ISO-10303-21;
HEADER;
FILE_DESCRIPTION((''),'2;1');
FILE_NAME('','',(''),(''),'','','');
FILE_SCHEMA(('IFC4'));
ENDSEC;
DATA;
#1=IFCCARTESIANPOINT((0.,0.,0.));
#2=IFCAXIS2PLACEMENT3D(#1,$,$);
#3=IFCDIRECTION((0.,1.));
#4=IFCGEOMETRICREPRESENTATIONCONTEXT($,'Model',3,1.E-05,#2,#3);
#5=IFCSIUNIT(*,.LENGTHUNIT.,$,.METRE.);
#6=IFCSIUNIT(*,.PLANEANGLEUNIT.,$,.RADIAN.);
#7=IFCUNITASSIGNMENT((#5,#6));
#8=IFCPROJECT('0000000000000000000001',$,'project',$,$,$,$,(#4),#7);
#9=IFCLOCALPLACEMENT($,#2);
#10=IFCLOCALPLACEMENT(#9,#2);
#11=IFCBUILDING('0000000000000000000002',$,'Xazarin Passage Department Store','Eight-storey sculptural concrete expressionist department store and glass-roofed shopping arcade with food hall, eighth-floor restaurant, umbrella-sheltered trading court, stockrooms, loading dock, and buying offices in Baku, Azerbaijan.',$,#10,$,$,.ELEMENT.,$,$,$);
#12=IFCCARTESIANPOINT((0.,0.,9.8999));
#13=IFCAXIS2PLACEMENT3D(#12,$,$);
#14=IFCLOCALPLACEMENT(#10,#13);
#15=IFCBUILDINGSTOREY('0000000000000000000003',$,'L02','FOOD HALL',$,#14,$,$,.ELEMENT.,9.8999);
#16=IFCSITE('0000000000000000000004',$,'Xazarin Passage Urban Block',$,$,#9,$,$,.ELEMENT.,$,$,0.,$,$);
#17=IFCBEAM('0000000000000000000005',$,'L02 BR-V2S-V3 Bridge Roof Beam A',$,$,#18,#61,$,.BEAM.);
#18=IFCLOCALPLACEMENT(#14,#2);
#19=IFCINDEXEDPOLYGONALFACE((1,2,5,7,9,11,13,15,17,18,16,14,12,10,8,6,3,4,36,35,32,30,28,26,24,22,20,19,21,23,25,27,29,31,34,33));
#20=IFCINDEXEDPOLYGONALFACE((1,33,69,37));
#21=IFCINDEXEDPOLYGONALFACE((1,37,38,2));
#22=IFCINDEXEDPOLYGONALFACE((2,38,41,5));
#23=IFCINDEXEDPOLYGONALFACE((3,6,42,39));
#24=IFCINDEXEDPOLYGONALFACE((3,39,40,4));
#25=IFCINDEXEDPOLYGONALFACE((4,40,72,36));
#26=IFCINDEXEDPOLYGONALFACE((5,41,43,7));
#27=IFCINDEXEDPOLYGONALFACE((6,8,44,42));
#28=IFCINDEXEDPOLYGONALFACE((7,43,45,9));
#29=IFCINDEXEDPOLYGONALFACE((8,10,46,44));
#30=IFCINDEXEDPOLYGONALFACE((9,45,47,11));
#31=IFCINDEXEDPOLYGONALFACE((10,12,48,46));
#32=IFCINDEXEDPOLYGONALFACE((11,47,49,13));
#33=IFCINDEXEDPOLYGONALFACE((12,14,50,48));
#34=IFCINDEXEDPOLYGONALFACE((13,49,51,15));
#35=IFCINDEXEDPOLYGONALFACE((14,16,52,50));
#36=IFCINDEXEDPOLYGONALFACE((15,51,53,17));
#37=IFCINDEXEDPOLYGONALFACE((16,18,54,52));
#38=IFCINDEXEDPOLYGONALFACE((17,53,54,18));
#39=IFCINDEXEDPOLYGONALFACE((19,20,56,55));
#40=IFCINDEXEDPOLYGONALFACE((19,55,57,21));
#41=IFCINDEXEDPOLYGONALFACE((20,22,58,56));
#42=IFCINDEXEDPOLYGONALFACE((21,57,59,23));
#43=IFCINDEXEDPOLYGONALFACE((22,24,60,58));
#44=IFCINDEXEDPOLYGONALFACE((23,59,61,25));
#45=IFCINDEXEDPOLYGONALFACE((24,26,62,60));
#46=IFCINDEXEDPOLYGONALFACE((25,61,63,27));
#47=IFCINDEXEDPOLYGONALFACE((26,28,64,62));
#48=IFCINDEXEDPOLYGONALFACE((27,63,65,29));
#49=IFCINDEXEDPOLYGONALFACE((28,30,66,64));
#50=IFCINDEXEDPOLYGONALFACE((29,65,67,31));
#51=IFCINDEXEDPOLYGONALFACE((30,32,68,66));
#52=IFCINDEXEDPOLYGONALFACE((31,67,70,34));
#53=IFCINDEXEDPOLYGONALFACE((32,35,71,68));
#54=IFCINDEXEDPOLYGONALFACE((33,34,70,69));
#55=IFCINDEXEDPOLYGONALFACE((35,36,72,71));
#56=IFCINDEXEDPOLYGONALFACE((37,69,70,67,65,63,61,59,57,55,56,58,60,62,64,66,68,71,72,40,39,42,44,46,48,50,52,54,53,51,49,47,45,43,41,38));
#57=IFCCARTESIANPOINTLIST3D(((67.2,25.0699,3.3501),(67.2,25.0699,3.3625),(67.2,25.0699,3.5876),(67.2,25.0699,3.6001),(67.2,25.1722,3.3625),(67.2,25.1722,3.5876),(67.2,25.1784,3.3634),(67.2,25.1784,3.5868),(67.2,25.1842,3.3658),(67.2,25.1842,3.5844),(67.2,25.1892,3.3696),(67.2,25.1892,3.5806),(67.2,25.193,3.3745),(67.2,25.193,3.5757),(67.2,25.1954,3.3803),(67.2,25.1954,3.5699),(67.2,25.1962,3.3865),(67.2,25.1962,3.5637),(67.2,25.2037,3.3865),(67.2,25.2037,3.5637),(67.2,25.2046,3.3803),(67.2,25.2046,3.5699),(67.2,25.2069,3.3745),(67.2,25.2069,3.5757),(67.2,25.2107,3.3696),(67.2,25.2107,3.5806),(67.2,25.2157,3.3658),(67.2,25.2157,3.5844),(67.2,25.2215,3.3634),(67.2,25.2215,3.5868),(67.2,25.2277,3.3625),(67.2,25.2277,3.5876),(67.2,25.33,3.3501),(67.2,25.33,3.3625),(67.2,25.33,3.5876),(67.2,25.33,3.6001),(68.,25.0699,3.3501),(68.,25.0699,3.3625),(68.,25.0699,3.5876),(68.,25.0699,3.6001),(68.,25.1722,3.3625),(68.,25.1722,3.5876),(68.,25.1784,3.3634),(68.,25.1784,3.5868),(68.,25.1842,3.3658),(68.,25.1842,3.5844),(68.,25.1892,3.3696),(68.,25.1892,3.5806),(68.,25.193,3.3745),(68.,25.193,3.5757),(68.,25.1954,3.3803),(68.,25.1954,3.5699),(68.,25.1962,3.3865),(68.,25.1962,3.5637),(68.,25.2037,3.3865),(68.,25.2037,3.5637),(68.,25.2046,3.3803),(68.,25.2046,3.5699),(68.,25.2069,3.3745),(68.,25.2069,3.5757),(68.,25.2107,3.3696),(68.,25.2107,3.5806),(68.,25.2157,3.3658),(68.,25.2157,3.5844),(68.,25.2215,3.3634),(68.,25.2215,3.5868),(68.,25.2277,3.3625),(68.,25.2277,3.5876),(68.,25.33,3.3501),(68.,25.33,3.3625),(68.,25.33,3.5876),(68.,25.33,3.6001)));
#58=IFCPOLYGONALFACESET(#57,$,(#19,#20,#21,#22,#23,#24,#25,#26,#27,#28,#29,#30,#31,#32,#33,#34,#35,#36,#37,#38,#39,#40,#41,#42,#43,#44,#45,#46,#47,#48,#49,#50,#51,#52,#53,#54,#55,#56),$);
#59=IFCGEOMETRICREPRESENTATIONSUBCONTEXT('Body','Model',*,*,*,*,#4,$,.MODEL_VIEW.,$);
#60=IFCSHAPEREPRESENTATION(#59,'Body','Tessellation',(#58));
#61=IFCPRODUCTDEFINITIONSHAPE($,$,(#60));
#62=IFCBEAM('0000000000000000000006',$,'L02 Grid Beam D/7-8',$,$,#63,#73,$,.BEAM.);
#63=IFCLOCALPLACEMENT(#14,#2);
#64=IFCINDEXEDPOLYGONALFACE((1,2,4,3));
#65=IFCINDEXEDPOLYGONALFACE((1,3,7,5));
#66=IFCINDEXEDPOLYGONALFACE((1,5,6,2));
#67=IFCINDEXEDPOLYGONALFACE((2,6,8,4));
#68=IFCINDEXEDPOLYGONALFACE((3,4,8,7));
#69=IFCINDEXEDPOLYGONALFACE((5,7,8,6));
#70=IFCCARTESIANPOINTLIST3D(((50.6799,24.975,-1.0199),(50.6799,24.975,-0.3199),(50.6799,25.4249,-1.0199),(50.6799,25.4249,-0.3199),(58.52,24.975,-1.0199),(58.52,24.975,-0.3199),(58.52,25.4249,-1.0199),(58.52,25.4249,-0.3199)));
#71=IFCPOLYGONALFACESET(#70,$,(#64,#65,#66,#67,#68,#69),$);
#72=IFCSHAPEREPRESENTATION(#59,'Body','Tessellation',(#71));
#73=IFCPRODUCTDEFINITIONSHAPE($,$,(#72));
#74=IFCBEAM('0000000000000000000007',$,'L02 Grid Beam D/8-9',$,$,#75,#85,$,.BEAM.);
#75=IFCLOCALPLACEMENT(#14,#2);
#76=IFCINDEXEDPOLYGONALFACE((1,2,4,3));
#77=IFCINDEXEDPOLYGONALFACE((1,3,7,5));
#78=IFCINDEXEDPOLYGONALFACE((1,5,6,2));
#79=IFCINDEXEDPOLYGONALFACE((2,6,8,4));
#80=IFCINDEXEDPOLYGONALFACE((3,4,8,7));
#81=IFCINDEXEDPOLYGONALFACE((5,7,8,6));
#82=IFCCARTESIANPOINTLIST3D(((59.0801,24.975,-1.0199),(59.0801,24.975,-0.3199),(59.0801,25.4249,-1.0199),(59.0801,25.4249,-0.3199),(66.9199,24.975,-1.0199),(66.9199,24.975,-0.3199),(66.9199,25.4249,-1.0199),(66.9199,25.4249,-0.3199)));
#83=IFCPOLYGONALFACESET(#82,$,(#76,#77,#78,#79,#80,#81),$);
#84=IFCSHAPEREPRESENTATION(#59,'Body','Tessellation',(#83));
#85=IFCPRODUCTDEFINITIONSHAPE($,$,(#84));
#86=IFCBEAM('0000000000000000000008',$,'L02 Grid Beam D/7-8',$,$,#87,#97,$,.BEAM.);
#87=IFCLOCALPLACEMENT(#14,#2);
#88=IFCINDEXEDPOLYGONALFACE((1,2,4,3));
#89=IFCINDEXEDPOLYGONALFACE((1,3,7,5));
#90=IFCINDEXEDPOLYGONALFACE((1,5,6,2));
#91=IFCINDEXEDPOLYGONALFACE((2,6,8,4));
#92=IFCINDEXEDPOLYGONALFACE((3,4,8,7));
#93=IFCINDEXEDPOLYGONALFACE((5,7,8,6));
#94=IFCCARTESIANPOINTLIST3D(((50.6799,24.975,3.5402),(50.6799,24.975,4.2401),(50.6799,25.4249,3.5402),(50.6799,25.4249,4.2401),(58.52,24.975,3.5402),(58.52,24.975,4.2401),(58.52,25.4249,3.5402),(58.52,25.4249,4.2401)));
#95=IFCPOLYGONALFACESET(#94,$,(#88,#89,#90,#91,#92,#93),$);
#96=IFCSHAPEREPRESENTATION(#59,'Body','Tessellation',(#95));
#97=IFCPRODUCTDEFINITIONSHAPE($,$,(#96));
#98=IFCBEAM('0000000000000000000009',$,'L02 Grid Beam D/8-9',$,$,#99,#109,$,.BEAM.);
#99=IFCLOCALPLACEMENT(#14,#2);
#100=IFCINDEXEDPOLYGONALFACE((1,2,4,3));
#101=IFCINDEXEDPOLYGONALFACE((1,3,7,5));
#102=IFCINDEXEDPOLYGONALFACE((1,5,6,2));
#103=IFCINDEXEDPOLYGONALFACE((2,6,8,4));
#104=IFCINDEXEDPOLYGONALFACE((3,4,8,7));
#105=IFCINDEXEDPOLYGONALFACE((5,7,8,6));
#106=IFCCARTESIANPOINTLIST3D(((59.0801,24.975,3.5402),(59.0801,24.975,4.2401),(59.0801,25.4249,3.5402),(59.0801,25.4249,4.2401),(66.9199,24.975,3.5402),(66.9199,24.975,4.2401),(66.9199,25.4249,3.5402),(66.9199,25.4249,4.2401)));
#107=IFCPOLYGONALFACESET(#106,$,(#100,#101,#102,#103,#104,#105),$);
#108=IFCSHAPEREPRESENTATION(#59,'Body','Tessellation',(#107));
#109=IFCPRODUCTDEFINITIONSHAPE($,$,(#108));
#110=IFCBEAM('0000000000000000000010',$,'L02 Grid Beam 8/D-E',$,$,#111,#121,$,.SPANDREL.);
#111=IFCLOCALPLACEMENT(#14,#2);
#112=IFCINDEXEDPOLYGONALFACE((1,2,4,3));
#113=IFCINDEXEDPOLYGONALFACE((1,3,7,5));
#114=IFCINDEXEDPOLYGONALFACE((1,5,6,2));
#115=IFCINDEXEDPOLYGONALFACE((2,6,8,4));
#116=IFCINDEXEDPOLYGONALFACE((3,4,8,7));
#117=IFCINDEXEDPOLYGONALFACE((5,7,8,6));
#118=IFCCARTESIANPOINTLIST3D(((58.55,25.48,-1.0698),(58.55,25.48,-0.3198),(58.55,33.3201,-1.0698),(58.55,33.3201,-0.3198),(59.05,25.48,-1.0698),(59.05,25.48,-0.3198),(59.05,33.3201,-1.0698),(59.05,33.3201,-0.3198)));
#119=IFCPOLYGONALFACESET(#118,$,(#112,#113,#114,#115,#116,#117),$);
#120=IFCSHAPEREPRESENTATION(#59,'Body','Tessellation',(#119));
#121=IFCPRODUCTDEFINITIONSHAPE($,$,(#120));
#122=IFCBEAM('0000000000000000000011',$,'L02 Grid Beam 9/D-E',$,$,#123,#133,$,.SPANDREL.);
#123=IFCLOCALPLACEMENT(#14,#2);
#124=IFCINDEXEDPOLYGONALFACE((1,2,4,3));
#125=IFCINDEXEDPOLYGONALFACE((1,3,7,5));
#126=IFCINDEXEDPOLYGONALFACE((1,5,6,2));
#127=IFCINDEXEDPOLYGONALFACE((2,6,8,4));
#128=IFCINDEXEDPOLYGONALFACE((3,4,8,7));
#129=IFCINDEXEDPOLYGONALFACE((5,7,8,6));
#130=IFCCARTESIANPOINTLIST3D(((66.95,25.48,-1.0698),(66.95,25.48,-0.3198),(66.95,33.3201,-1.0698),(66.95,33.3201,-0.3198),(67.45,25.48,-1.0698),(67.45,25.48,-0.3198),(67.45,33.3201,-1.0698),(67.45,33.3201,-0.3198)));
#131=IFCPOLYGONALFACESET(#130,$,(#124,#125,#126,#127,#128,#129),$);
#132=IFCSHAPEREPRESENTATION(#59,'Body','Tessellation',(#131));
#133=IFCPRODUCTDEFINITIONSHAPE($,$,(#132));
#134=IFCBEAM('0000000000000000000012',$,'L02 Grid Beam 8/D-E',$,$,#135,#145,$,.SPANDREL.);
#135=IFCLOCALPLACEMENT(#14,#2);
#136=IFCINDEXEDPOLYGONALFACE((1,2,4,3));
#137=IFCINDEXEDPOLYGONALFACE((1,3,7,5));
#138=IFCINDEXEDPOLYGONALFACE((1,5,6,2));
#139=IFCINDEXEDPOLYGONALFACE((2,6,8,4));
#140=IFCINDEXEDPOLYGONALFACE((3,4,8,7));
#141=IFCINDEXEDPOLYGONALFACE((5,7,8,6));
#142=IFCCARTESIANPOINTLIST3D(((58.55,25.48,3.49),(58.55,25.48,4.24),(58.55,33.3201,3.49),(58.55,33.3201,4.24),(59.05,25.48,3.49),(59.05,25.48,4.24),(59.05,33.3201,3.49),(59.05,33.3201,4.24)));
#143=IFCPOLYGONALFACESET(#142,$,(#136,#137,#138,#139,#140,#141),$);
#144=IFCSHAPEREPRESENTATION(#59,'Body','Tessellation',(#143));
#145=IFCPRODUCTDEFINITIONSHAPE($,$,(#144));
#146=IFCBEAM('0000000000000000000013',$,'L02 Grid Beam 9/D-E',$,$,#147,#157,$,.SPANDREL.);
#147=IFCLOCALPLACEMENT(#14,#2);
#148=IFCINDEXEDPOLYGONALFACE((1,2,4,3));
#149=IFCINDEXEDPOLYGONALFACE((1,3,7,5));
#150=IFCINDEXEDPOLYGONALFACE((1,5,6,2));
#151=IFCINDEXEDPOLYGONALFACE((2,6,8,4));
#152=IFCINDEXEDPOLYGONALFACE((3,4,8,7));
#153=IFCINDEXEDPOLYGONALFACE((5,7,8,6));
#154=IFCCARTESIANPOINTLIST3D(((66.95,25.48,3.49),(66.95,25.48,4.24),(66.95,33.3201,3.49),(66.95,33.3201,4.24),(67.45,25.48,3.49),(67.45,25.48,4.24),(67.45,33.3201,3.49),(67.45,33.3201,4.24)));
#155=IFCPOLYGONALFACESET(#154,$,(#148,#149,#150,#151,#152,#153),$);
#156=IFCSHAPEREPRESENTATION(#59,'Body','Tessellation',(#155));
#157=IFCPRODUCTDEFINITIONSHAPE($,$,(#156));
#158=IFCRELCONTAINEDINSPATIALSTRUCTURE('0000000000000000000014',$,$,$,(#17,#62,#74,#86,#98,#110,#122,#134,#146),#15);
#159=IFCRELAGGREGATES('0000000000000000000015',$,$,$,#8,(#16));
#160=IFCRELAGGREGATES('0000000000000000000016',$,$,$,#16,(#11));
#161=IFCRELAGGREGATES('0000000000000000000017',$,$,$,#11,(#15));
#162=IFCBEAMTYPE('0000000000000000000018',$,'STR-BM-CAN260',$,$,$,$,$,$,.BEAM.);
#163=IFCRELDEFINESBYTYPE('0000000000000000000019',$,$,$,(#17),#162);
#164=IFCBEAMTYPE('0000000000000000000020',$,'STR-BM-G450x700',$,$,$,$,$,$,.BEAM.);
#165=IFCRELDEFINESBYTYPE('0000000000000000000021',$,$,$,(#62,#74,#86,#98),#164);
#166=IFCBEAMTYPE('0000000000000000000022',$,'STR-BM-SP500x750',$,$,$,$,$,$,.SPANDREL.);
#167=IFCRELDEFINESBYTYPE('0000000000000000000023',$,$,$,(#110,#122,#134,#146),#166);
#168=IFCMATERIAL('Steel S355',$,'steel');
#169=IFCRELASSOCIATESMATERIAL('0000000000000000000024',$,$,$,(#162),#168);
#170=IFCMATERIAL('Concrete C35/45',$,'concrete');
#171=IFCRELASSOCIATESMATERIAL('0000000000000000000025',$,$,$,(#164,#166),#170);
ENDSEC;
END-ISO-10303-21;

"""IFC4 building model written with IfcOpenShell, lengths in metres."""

from ifc_helpers import new_model, si_unit, direction, frame, origin, origin_2d, place, context, subcontext, project, spatial, rectangle, i_section, extrude, material, material_profile, profile_set, type_object, element, save


model = new_model("IFC4")

# Units and contexts
model_context = context("Model", 3, precision=1e-05, world=origin(), true_north=direction((0.0, 1.0)))
body_context = subcontext(model_context, "Body", "Model", "MODEL_VIEW")
ifc_project = project(units=[si_unit("LENGTHUNIT", "METRE"), si_unit("PLANEANGLEUNIT", "RADIAN")], contexts=[model_context])

# Site, building, storey
site_placement = place(None, origin())
site = spatial("IfcSite", under=ifc_project, at=site_placement, Name="Xazarin Passage Urban Block", CompositionType="ELEMENT", RefElevation=0.0)
building_placement = place(site_placement, origin())
building = spatial("IfcBuilding", under=site, at=building_placement, Name="Xazarin Passage Department Store", Description="Eight-storey sculptural concrete expressionist department store and glass-roofed shopping arcade with food hall, eighth-floor restaurant, umbrella-sheltered trading court, stockrooms, loading dock, and buying offices in Baku, Azerbaijan.", CompositionType="ELEMENT")
storey_placement = place(building_placement, frame((0.0, 0.0, 9.8999)))
storey = spatial("IfcBuildingStorey", under=building, at=storey_placement, Name="L02", Description="FOOD HALL", CompositionType="ELEMENT", Elevation=9.8999)

# Beams
ifc_material_1 = material(Name="Steel S355", Category="steel")
ifc_material_profile_1 = material_profile(ifc_material_1, i_section(OverallWidth=0.26, OverallDepth=0.25, WebThickness=0.0076, FlangeThickness=0.0125, FilletRadius=0.0239, at=origin_2d()), Name="HEA 260")
ifc_profile_set_1 = profile_set([ifc_material_profile_1], Name="Steel S355")
beam_type_1 = type_object("IfcBeamType", Name="STR-BM-CAN260", PredefinedType="BEAM", material=ifc_profile_set_1)
beam_1_placement = place(storey_placement, frame((67.2, 25.2, 3.4751), z_axis=(1.0, 0.0, 0.0), x_axis=(0.0, 1.0, 0.0)))
element("IfcBeam", 1, at=beam_1_placement, inside=storey, type_object=beam_type_1, Name="L02 BR-V2S-V3 Bridge Roof Beam A", PredefinedType="BEAM", context=body_context, shape_type="SweptSolid", body=[
    extrude(i_section(OverallWidth=0.26, OverallDepth=0.25, WebThickness=0.0076, FlangeThickness=0.0125, FilletRadius=0.0239, at=origin_2d()), origin(), (0.0, 0.0, 1.0), 0.8),
])
ifc_material_2 = material(Name="Concrete C35/45", Category="concrete")
ifc_material_profile_2 = material_profile(ifc_material_2, rectangle(XDim=0.45, YDim=0.7, at=origin_2d()), Name="RC 450x700")
ifc_profile_set_2 = profile_set([ifc_material_profile_2], Name="Concrete C35/45")
beam_type_2 = type_object("IfcBeamType", Name="STR-BM-G450x700", PredefinedType="BEAM", material=ifc_profile_set_2)
beam_2_placement = place(storey_placement, frame((50.6799, 25.2, -0.6699), z_axis=(1.0, 0.0, 0.0), x_axis=(0.0, 1.0, 0.0)))
element("IfcBeam", 2, at=beam_2_placement, inside=storey, type_object=beam_type_2, Name="L02 Grid Beam D/7-8", PredefinedType="BEAM", context=body_context, shape_type="SweptSolid", body=[
    extrude(rectangle(XDim=0.45, YDim=0.7, at=origin_2d()), origin(), (0.0, 0.0, 1.0), 7.8401),
])
beam_3_placement = place(storey_placement, frame((59.0801, 25.2, -0.6699), z_axis=(1.0, 0.0, 0.0), x_axis=(0.0, 1.0, 0.0)))
element("IfcBeam", 3, at=beam_3_placement, inside=storey, type_object=beam_type_2, Name="L02 Grid Beam D/8-9", PredefinedType="BEAM", context=body_context, shape_type="SweptSolid", body=[
    extrude(rectangle(XDim=0.45, YDim=0.7, at=origin_2d()), origin(), (0.0, 0.0, 1.0), 7.8398),
])
beam_4_placement = place(storey_placement, frame((50.6799, 25.2, 3.8901), z_axis=(1.0, 0.0, 0.0), x_axis=(0.0, 1.0, 0.0)))
element("IfcBeam", 4, at=beam_4_placement, inside=storey, type_object=beam_type_2, Name="L02 Grid Beam D/7-8", PredefinedType="BEAM", context=body_context, shape_type="SweptSolid", body=[
    extrude(rectangle(XDim=0.45, YDim=0.7, at=origin_2d()), origin(), (0.0, 0.0, 1.0), 7.8401),
])
beam_5_placement = place(storey_placement, frame((59.0801, 25.2, 3.8901), z_axis=(1.0, 0.0, 0.0), x_axis=(0.0, 1.0, 0.0)))
element("IfcBeam", 5, at=beam_5_placement, inside=storey, type_object=beam_type_2, Name="L02 Grid Beam D/8-9", PredefinedType="BEAM", context=body_context, shape_type="SweptSolid", body=[
    extrude(rectangle(XDim=0.45, YDim=0.7, at=origin_2d()), origin(), (0.0, 0.0, 1.0), 7.8398),
])
ifc_material_profile_3 = material_profile(ifc_material_2, rectangle(XDim=0.5, YDim=0.75, at=origin_2d()), Name="RC 500x750")
ifc_profile_set_3 = profile_set([ifc_material_profile_3], Name="Concrete C35/45")
beam_type_3 = type_object("IfcBeamType", Name="STR-BM-SP500x750", PredefinedType="SPANDREL", material=ifc_profile_set_3)
for number, where, z_axis, x_axis, name in (
    (6, (58.8, 25.48, -0.6948), (0.0, 1.0, 0.0), (-1.0, 0.0, 0.0), "L02 Grid Beam 8/D-E"),
    (7, (67.2, 25.48, -0.6948), (0.0, 1.0, 0.0), (-1.0, 0.0, 0.0), "L02 Grid Beam 9/D-E"),
    (8, (58.8, 25.48, 3.865), (0.0, 1.0, 0.0), (-1.0, 0.0, 0.0), "L02 Grid Beam 8/D-E"),
    (9, (67.2, 25.48, 3.865), (0.0, 1.0, 0.0), (-1.0, 0.0, 0.0), "L02 Grid Beam 9/D-E"),
):
    element("IfcBeam", number, at=place(storey_placement, frame(where, z_axis=z_axis, x_axis=x_axis)), inside=storey, type_object=beam_type_3, Name=name, PredefinedType="SPANDREL", context=body_context, shape_type="SweptSolid", body=[
        extrude(rectangle(XDim=0.5, YDim=0.75, at=origin_2d()), origin(), (0.0, 0.0, 1.0), 7.8401),
    ])

save(model, "model.ifc")
